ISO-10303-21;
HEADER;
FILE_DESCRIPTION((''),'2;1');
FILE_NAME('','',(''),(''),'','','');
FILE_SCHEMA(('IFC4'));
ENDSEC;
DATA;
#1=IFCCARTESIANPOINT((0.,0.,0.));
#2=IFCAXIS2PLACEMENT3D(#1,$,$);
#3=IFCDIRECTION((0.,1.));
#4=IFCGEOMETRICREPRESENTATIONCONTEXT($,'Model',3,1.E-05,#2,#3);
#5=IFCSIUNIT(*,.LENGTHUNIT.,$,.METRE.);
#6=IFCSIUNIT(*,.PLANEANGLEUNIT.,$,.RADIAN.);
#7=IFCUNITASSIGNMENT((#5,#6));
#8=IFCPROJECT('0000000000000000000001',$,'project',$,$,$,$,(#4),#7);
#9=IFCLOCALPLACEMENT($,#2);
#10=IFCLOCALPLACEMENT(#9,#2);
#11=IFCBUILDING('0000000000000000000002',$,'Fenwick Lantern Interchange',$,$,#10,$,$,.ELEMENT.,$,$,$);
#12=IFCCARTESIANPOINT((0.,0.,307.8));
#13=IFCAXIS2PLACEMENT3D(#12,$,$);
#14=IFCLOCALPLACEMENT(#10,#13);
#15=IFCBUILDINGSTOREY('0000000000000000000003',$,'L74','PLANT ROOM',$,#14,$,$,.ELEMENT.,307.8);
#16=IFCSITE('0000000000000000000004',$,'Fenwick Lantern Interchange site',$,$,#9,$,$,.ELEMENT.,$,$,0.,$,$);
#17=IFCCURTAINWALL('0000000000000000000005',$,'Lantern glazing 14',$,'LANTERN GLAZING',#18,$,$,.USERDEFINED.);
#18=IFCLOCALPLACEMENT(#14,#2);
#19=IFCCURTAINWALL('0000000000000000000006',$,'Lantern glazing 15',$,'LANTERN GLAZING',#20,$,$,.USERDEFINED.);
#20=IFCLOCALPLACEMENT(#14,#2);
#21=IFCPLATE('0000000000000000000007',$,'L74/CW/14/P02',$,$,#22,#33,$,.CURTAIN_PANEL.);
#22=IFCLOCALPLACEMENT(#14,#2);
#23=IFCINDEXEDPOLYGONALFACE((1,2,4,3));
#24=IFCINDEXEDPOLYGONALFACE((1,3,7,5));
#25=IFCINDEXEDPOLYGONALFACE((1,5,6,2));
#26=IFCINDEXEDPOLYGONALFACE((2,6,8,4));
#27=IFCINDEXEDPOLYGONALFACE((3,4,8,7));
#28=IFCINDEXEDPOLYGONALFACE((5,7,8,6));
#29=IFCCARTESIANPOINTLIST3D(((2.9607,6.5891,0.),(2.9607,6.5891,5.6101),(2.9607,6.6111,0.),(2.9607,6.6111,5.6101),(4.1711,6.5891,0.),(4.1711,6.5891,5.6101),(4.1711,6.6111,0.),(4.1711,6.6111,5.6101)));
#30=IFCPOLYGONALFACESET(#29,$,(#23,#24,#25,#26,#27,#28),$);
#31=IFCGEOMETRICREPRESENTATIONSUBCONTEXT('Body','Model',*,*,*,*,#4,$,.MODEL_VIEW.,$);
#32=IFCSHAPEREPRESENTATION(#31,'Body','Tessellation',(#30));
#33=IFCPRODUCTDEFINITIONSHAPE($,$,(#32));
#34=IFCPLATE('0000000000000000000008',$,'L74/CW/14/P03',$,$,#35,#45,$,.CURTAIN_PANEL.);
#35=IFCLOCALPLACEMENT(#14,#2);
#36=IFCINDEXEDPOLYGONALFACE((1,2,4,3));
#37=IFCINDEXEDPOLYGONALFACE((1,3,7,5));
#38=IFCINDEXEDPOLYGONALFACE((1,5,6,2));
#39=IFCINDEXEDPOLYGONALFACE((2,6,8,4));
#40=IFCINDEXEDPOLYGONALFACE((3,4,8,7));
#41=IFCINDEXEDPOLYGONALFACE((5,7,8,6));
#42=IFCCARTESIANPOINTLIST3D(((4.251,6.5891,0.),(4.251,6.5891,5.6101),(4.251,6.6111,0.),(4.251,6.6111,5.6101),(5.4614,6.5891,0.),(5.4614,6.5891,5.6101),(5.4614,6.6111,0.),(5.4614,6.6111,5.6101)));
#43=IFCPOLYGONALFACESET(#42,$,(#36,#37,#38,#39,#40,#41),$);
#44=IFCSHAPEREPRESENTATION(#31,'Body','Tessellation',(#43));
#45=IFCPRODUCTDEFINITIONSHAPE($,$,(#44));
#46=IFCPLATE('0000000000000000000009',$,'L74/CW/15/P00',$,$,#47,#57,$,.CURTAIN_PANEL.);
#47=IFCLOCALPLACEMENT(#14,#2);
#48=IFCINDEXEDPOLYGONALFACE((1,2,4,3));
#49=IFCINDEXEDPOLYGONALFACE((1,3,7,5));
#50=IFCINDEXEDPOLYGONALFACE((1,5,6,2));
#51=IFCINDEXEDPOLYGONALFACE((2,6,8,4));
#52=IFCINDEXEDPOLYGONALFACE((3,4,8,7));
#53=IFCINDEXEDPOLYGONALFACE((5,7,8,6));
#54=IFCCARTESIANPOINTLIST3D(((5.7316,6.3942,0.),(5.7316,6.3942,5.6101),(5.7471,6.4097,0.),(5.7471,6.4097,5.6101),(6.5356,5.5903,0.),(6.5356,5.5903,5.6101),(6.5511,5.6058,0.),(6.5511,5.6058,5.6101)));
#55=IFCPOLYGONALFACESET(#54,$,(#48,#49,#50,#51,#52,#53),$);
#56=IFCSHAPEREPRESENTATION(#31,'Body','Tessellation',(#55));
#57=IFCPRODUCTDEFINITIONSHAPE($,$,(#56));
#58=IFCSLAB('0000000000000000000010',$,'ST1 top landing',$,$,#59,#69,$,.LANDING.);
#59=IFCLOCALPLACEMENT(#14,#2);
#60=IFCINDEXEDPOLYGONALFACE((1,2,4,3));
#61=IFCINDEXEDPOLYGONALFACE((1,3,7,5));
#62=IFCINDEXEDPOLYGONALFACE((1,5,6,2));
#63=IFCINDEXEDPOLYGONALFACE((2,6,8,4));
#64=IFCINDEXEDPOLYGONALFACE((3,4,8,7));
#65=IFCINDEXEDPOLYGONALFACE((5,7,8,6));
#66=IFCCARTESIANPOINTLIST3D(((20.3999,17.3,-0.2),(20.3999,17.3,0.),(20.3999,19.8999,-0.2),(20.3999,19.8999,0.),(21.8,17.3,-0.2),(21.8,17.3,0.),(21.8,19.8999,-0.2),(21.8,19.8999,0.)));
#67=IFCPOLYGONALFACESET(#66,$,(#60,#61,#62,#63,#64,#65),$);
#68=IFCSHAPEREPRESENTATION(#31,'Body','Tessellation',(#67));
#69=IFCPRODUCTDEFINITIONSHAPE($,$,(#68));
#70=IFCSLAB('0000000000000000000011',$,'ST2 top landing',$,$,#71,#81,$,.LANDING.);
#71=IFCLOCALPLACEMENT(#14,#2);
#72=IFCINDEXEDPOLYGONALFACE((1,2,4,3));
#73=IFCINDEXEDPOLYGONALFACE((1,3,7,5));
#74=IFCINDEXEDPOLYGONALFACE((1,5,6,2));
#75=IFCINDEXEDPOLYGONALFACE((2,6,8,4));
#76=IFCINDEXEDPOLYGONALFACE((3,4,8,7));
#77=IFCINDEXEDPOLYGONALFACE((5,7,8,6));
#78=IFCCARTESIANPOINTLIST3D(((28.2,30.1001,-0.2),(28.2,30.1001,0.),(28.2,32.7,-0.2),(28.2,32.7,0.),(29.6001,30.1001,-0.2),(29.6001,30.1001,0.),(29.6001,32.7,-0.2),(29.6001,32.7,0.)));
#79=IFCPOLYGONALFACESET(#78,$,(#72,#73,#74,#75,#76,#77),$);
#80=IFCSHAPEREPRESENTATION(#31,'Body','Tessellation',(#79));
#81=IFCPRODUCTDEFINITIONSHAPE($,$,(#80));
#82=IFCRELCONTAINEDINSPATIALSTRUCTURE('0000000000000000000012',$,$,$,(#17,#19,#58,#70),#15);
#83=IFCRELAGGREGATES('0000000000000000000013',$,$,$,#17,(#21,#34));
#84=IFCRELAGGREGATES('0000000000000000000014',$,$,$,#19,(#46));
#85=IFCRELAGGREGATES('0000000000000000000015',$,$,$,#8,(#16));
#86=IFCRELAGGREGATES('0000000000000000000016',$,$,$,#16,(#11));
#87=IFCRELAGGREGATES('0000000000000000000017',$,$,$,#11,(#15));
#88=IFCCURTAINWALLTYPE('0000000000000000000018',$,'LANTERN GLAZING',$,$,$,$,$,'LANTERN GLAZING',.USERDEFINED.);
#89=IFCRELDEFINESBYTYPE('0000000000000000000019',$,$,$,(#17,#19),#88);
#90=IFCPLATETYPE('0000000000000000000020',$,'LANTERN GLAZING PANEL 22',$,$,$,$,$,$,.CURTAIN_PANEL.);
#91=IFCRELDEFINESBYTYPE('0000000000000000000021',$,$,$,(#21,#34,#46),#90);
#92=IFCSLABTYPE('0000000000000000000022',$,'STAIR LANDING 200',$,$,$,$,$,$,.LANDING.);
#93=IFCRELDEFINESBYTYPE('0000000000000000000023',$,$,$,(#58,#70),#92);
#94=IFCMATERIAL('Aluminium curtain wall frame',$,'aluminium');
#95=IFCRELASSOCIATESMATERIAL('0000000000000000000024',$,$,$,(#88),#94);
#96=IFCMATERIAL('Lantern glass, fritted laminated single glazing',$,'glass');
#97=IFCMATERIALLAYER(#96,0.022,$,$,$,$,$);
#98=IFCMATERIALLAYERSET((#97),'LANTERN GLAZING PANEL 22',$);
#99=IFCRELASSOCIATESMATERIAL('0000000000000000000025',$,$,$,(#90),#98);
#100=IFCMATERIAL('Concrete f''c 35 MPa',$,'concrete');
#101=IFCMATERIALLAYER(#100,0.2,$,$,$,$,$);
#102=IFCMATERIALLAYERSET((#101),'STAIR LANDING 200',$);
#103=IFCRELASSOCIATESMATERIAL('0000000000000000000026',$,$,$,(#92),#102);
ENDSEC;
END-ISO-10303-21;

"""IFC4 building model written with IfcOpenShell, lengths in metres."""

from ifc_helpers import new_model, si_unit, direction, frame, origin, origin_2d, place, context, subcontext, project, spatial, polyline, rectangle, outline, extrude, material, layer, layer_set, type_object, element, aggregate, save


model = new_model("IFC4")

# Units and contexts
model_context = context("Model", 3, precision=1e-05, world=origin(), true_north=direction((0.0, 1.0)))
body_context = subcontext(model_context, "Body", "Model", "MODEL_VIEW")
ifc_project = project(units=[si_unit("LENGTHUNIT", "METRE"), si_unit("PLANEANGLEUNIT", "RADIAN")], contexts=[model_context])

# Site, building, storey
site_placement = place(None, origin())
site = spatial("IfcSite", under=ifc_project, at=site_placement, Name="Fenwick Lantern Interchange site", CompositionType="ELEMENT", RefElevation=0.0)
building_placement = place(site_placement, origin())
building = spatial("IfcBuilding", under=site, at=building_placement, Name="Fenwick Lantern Interchange", CompositionType="ELEMENT")
storey_placement = place(building_placement, frame((0.0, 0.0, 307.8)))
storey = spatial("IfcBuildingStorey", under=building, at=storey_placement, Name="L74", Description="PLANT ROOM", CompositionType="ELEMENT", Elevation=307.8)

# Shared definitions
ifc_material_1 = material(Name="Aluminium curtain wall frame", Category="aluminium")
curtain_wall_type = type_object("IfcCurtainWallType", Name="LANTERN GLAZING", ElementType="LANTERN GLAZING", PredefinedType="USERDEFINED", material=ifc_material_1)

# Curtain walls
curtain_wall_1_placement = place(storey_placement, origin())
curtain_wall_1 = element("IfcCurtainWall", 1, at=curtain_wall_1_placement, inside=storey, type_object=curtain_wall_type, Name="Lantern glazing 14", ObjectType="LANTERN GLAZING", PredefinedType="USERDEFINED")
curtain_wall_2_placement = place(storey_placement, origin())
curtain_wall_2 = element("IfcCurtainWall", 2, at=curtain_wall_2_placement, inside=storey, type_object=curtain_wall_type, Name="Lantern glazing 15", ObjectType="LANTERN GLAZING", PredefinedType="USERDEFINED")

# Shared definitions
ifc_material_2 = material(Name="Concrete f'c 35 MPa", Category="concrete")

# Shared definitions
ifc_material_3 = material(Name="Lantern glass, fritted laminated single glazing", Category="glass")
ifc_layer_1 = layer(ifc_material_3, 0.022)
ifc_layer_set_1 = layer_set([ifc_layer_1], Name="LANTERN GLAZING PANEL 22")
plate_type = type_object("IfcPlateType", Name="LANTERN GLAZING PANEL 22", PredefinedType="CURTAIN_PANEL", material=ifc_layer_set_1)

# Plates
plate_1_placement = place(storey_placement, frame((3.5659, 6.6001, 0.0), z_axis=(0.0, 0.0, 1.0), x_axis=(1.0, 0.0, 0.0)))
plate_1 = element("IfcPlate", 3, at=plate_1_placement, type_object=plate_type, Name="L74/CW/14/P02", PredefinedType="CURTAIN_PANEL", context=body_context, shape_type="SweptSolid", body=[
    extrude(rectangle(XDim=1.2104, YDim=0.022, at=origin_2d()), origin(), (0.0, 0.0, 1.0), 5.6101),
])
plate_2_placement = place(storey_placement, frame((4.8562, 6.6001, 0.0), z_axis=(0.0, 0.0, 1.0), x_axis=(1.0, 0.0, 0.0)))
plate_2 = element("IfcPlate", 4, at=plate_2_placement, type_object=plate_type, Name="L74/CW/14/P03", PredefinedType="CURTAIN_PANEL", context=body_context, shape_type="SweptSolid", body=[
    extrude(rectangle(XDim=1.2104, YDim=0.022, at=origin_2d()), origin(), (0.0, 0.0, 1.0), 5.6101),
])
aggregate(curtain_wall_1, [plate_1, plate_2])
plate_3_placement = place(storey_placement, frame((6.1414, 6.0, 0.0), z_axis=(0.0, 0.0, 1.0), x_axis=(0.707107, -0.707107, 0.0)))
plate_3 = element("IfcPlate", 5, at=plate_3_placement, type_object=plate_type, Name="L74/CW/15/P00", PredefinedType="CURTAIN_PANEL", context=body_context, shape_type="SweptSolid", body=[
    extrude(rectangle(XDim=1.137, YDim=0.022, at=origin_2d()), origin(), (0.0, 0.0, 1.0), 5.6101),
])
aggregate(curtain_wall_2, [plate_3])

# Slabs
ifc_layer_2 = layer(ifc_material_2, 0.2)
ifc_layer_set_2 = layer_set([ifc_layer_2], Name="STAIR LANDING 200")
slab_type_1 = type_object("IfcSlabType", Name="STAIR LANDING 200", PredefinedType="LANDING", material=ifc_layer_set_2)
slab_1_placement = place(storey_placement, frame((0.0, 0.0, -0.2)))
element("IfcSlab", 6, at=slab_1_placement, inside=storey, type_object=slab_type_1, Name="ST1 top landing", PredefinedType="LANDING", context=body_context, shape_type="SweptSolid", body=[
    extrude(outline(polyline([(20.3999, 17.3), (21.8, 17.3), (21.8, 19.8999), (20.3999, 19.8999), (20.3999, 17.3)])), origin(), (0.0, 0.0, 1.0), 0.2),
])
slab_2_placement = place(storey_placement, frame((0.0, 0.0, -0.2)))
element("IfcSlab", 7, at=slab_2_placement, inside=storey, type_object=slab_type_1, Name="ST2 top landing", PredefinedType="LANDING", context=body_context, shape_type="SweptSolid", body=[
    extrude(outline(polyline([(29.6001, 32.7), (28.2, 32.7), (28.2, 30.1001), (29.6001, 30.1001), (29.6001, 32.7)])), origin(), (0.0, 0.0, 1.0), 0.2),
])

save(model, "model.ifc")
